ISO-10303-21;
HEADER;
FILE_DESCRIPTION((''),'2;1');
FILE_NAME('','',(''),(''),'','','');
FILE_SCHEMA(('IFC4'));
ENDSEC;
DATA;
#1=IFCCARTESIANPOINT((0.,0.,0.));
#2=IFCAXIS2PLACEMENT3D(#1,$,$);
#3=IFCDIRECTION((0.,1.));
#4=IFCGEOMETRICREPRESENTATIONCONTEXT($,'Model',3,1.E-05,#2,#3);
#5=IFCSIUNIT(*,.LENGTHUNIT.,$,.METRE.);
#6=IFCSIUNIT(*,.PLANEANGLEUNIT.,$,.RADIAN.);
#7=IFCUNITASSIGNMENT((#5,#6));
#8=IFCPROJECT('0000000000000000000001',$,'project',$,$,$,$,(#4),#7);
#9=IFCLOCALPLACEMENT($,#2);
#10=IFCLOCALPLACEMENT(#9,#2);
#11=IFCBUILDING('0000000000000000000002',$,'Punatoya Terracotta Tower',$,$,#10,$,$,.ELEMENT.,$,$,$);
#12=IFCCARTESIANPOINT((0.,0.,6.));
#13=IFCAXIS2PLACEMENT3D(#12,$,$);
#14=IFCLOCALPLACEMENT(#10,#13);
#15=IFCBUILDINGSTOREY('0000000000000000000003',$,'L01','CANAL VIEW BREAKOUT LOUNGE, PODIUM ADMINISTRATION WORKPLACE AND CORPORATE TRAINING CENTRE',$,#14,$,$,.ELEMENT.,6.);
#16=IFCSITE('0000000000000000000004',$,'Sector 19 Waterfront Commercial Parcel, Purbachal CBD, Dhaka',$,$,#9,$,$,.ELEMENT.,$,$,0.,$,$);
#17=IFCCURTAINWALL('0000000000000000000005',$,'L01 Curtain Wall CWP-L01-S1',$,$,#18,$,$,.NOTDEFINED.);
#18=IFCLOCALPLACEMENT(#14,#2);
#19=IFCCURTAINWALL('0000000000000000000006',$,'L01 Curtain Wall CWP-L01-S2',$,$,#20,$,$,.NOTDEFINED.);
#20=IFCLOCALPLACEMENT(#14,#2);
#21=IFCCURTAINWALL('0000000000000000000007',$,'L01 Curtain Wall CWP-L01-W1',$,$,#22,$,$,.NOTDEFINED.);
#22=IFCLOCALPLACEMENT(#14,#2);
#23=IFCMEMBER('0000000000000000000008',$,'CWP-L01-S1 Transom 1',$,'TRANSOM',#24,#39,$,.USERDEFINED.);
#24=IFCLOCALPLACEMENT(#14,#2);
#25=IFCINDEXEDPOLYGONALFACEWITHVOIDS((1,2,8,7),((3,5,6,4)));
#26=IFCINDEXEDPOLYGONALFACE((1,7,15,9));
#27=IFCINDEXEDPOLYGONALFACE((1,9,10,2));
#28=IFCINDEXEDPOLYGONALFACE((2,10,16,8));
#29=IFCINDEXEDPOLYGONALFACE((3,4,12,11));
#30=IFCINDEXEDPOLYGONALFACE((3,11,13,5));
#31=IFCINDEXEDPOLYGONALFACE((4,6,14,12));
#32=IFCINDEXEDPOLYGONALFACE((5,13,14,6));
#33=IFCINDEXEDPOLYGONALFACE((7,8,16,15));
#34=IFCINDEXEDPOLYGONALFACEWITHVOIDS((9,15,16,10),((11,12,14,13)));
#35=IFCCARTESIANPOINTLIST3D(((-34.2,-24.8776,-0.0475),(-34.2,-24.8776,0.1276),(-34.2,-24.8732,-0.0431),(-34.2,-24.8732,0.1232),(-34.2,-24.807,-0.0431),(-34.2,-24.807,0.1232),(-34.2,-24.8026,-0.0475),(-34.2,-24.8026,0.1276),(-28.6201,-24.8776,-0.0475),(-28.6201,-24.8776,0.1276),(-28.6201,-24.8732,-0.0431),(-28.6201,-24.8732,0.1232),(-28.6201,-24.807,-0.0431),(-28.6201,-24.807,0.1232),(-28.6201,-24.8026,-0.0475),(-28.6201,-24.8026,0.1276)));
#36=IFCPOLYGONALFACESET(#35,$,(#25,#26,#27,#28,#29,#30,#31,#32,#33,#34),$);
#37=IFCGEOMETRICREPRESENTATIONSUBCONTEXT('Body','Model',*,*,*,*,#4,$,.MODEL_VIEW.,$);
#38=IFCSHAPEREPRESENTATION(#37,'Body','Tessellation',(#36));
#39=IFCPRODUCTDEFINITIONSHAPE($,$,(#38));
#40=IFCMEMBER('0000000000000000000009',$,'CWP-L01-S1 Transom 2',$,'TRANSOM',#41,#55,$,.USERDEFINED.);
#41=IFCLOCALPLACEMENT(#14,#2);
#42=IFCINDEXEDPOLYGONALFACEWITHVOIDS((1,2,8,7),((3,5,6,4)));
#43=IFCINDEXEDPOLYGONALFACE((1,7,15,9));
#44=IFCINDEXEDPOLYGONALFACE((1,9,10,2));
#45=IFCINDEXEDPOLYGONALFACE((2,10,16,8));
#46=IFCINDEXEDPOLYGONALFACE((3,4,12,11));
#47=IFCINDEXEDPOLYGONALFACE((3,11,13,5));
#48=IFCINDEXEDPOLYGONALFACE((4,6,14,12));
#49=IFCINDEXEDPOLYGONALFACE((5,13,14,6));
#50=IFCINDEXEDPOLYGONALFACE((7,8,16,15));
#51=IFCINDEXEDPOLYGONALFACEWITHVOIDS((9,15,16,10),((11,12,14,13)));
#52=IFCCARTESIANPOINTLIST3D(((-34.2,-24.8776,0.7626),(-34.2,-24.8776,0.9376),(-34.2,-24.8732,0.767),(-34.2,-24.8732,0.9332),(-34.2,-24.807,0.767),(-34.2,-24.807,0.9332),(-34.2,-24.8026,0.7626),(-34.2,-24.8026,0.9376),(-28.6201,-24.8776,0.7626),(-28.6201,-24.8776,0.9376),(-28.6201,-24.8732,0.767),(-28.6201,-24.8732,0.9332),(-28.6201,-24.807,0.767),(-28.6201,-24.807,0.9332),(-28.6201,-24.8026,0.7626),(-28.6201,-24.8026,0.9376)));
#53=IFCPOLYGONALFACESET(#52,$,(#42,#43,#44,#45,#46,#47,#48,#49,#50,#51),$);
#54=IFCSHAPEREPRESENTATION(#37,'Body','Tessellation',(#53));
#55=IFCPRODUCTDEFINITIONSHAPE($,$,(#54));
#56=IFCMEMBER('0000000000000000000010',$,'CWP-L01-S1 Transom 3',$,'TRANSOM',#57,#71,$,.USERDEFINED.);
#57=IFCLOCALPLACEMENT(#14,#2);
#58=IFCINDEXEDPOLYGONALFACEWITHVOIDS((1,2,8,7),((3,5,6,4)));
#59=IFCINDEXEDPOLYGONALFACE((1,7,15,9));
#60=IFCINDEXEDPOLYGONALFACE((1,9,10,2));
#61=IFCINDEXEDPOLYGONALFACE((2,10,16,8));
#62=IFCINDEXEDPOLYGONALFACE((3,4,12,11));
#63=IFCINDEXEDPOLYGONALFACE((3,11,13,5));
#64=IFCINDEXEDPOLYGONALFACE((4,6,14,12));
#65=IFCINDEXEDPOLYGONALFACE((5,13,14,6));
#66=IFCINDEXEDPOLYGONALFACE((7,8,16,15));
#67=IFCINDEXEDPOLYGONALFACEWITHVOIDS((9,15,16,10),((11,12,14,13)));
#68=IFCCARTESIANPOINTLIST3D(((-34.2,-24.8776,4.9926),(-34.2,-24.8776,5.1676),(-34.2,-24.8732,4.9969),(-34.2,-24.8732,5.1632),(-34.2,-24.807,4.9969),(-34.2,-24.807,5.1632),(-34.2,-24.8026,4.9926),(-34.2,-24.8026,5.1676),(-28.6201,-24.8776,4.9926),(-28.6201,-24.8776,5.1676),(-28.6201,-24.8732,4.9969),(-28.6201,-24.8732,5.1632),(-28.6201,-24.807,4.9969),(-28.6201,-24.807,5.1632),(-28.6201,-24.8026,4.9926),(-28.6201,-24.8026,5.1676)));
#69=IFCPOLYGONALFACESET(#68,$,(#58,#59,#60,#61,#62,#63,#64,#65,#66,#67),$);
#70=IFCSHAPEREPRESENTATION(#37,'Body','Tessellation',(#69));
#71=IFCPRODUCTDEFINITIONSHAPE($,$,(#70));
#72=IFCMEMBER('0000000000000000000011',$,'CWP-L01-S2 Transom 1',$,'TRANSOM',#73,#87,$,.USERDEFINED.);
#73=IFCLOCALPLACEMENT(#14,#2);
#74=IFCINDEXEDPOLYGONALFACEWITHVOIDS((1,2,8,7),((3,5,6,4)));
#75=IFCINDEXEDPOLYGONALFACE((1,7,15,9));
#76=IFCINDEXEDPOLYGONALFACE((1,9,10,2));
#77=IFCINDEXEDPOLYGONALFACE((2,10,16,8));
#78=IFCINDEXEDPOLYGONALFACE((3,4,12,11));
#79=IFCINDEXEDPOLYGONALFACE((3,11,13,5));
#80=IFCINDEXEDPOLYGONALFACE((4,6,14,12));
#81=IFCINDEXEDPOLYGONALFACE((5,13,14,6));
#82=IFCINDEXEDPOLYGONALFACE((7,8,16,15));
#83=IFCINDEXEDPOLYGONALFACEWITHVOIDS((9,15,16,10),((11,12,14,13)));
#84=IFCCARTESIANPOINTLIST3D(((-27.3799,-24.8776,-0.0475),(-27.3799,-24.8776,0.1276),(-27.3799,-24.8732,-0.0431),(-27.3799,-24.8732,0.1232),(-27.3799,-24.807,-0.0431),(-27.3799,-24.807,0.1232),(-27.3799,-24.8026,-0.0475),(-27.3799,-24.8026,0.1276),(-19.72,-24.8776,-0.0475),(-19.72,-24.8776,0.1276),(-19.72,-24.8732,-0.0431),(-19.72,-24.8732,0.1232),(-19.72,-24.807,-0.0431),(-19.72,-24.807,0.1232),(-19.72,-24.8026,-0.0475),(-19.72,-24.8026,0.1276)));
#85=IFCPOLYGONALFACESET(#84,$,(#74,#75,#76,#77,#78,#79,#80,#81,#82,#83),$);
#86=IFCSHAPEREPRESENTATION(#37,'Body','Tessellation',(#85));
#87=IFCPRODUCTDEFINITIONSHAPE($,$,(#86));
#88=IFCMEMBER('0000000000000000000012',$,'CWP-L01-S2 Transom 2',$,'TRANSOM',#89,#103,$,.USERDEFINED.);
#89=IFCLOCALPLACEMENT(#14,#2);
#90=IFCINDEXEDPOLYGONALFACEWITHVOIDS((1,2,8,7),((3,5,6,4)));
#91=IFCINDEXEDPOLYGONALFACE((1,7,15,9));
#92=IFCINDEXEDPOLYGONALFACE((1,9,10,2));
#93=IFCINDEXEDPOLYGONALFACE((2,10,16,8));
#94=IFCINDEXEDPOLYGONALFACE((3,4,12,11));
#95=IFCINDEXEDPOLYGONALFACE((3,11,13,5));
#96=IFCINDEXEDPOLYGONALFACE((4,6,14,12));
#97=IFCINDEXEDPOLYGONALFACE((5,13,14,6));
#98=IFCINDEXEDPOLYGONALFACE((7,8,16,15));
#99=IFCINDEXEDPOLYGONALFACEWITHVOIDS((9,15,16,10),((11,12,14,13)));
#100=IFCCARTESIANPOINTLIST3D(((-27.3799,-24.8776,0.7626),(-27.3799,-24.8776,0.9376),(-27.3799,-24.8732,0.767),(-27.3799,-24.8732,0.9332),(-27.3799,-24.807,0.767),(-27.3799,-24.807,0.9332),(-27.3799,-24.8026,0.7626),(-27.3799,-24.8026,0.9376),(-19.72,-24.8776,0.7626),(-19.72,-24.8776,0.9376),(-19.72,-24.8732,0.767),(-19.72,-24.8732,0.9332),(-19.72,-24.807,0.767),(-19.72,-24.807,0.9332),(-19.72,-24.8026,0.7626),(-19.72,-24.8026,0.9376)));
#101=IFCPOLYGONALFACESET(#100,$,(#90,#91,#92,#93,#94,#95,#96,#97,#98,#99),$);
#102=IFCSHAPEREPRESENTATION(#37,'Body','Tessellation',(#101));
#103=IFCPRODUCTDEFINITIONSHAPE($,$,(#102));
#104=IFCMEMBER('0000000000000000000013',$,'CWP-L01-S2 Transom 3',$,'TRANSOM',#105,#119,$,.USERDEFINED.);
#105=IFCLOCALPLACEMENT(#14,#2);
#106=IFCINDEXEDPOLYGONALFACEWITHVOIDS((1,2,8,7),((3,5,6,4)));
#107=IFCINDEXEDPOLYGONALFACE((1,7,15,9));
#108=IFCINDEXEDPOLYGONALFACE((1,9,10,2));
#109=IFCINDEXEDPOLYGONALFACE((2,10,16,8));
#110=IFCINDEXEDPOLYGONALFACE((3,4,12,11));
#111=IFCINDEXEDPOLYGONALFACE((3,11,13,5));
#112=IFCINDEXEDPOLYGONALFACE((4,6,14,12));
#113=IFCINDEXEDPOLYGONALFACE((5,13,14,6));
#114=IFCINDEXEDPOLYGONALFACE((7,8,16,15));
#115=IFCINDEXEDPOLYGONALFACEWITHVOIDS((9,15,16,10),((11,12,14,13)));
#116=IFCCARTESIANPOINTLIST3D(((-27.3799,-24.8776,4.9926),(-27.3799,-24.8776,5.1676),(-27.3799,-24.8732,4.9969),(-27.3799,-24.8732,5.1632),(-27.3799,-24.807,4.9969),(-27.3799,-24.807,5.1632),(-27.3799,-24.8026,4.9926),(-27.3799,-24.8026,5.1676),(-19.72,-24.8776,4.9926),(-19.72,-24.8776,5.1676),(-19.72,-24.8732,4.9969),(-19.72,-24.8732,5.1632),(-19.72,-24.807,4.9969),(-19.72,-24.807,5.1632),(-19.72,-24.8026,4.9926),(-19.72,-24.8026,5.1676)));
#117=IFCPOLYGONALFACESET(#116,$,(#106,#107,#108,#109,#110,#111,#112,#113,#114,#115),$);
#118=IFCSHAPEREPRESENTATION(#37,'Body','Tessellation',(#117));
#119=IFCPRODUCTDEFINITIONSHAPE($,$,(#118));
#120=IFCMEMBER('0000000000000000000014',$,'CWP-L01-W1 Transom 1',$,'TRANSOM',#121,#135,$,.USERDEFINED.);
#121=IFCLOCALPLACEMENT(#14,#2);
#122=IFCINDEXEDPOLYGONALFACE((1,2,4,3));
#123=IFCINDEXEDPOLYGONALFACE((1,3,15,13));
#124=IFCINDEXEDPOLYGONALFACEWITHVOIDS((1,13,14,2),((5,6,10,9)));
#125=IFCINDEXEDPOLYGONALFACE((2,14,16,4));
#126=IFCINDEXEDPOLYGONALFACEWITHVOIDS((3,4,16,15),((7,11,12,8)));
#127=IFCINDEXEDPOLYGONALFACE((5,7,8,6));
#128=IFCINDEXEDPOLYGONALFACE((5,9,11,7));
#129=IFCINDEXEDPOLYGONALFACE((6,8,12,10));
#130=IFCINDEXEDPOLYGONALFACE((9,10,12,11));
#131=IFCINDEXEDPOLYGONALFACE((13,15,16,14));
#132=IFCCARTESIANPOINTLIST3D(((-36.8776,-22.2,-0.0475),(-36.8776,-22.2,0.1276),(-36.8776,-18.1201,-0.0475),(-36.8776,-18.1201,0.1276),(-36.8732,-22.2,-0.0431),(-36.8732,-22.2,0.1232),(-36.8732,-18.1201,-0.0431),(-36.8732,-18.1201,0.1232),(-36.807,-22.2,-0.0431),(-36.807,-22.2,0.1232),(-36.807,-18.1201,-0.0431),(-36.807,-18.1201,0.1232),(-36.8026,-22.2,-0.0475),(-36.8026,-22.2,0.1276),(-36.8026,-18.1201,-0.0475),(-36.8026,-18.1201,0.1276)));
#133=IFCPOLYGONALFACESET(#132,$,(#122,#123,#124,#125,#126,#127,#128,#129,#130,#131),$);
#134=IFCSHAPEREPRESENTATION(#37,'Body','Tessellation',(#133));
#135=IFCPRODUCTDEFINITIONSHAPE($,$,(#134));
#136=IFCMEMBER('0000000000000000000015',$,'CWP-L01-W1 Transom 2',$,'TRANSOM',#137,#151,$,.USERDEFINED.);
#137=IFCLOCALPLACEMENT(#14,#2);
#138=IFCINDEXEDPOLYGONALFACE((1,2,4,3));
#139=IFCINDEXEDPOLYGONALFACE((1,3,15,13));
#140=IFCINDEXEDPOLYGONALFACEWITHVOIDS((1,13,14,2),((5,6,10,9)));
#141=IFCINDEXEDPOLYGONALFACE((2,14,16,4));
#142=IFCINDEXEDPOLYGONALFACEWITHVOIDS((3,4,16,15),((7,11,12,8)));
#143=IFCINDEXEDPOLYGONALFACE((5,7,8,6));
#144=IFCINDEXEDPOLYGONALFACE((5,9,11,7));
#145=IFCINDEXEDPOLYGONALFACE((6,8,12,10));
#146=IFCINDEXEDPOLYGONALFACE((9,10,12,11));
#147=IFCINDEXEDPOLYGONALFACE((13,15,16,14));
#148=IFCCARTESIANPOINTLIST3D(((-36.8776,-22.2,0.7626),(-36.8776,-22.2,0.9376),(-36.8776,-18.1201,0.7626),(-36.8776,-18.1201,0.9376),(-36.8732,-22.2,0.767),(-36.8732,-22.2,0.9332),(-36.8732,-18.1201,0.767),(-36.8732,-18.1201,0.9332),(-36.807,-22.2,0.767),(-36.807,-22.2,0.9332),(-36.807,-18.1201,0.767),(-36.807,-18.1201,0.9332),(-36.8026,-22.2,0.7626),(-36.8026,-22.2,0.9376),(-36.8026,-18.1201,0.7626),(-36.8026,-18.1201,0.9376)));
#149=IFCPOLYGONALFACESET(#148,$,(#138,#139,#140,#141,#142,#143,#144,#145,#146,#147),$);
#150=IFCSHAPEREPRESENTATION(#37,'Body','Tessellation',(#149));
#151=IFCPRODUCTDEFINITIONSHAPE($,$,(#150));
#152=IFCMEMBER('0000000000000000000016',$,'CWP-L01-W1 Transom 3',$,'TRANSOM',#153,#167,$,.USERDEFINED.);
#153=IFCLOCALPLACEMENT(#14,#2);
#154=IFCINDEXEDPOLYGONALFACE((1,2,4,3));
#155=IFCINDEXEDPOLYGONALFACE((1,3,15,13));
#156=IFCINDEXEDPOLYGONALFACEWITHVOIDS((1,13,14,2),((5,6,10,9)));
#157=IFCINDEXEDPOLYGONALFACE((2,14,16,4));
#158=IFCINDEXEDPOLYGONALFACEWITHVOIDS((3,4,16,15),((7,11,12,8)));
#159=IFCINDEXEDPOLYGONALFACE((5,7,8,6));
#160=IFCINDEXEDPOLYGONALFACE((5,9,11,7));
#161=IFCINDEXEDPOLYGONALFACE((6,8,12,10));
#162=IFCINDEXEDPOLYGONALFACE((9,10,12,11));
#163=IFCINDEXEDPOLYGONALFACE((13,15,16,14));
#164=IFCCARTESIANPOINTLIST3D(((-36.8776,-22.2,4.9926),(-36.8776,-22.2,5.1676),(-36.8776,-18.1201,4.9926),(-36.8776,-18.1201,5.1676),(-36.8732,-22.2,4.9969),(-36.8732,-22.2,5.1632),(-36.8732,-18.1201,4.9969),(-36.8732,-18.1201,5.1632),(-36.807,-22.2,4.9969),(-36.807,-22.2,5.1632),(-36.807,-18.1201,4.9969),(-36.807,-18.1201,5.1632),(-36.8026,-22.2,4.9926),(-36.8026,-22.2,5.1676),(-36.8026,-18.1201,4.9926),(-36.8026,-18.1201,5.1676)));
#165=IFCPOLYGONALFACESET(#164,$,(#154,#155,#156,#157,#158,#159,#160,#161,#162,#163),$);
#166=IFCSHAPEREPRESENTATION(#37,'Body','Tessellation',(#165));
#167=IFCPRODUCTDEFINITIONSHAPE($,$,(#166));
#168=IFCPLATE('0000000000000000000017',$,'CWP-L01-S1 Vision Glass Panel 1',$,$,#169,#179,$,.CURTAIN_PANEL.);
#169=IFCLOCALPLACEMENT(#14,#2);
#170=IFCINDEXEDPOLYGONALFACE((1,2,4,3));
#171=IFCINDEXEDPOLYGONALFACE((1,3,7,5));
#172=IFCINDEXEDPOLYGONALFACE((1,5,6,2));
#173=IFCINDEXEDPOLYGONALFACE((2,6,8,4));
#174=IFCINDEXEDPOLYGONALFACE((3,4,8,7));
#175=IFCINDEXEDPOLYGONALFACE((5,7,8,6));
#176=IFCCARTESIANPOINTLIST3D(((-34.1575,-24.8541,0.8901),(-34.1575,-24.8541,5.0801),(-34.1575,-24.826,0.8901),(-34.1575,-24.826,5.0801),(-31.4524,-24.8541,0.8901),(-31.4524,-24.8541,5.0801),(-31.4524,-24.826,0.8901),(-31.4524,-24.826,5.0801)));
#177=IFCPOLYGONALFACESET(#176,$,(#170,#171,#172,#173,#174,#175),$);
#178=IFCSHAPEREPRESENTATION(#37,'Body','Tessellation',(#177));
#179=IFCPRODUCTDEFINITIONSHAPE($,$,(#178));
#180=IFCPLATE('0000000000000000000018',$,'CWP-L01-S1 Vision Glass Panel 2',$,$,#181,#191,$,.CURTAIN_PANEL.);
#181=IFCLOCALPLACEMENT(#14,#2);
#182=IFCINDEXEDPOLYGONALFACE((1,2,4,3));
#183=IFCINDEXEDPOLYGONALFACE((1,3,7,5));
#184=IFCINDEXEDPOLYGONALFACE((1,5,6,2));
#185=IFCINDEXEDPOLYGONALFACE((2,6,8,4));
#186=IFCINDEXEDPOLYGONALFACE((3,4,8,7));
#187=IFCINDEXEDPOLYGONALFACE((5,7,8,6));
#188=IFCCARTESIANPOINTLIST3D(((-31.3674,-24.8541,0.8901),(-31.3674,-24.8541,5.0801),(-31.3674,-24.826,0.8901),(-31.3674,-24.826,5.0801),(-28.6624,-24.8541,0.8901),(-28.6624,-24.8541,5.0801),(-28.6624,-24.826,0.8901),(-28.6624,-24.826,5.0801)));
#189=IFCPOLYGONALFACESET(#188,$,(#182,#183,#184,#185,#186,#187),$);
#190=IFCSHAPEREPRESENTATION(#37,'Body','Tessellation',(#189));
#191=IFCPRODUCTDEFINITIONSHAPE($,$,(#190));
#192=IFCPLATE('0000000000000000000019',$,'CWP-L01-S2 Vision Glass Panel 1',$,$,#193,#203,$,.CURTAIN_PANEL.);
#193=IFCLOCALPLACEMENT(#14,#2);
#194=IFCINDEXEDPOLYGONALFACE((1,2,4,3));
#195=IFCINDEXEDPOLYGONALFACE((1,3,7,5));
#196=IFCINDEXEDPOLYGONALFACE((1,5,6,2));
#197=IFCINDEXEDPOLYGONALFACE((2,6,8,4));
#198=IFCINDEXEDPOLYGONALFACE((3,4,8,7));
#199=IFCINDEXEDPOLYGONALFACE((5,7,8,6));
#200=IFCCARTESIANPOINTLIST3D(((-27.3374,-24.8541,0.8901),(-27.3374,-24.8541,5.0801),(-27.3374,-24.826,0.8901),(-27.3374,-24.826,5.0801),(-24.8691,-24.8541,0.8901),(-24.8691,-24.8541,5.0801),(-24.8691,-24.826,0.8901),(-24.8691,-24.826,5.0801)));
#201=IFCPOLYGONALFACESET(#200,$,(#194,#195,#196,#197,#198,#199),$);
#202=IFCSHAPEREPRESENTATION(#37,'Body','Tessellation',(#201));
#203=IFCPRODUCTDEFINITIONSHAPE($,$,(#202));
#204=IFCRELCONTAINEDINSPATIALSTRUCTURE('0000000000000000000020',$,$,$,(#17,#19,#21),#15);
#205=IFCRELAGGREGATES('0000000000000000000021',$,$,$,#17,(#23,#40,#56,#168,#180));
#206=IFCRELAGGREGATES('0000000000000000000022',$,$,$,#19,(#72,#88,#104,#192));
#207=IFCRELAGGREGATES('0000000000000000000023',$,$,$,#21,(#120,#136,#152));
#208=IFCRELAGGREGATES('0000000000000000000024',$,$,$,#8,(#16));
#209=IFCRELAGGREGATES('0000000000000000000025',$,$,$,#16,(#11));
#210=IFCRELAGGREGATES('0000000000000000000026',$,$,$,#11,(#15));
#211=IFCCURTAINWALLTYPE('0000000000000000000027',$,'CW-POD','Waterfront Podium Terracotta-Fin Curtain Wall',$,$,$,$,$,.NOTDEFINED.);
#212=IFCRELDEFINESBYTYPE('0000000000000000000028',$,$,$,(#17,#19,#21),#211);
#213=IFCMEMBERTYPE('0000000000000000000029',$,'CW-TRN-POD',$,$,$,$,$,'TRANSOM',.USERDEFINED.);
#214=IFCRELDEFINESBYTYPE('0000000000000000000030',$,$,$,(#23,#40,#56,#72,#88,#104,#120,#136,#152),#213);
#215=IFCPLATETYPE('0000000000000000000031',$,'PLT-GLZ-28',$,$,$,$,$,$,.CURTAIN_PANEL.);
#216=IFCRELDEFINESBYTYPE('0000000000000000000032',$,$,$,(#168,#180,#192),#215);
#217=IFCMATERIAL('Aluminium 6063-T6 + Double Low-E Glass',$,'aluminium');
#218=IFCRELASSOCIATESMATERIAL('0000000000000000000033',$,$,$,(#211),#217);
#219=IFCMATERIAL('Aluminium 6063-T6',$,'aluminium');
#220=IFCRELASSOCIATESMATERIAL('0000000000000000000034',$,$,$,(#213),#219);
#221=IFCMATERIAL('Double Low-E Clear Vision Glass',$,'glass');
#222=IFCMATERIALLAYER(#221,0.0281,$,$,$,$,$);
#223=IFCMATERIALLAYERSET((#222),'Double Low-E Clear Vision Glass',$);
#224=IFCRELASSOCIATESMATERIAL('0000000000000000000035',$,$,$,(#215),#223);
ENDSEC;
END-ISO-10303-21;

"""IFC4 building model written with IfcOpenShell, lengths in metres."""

from ifc_helpers import new_model, si_unit, direction, frame, origin, origin_2d, place, context, subcontext, project, spatial, rectangle, hollow_rectangle, extrude, material, layer, layer_set, material_profile, profile_set, type_object, element, aggregate, save


model = new_model("IFC4")

# Units and contexts
model_context = context("Model", 3, precision=1e-05, world=origin(), true_north=direction((0.0, 1.0)))
body_context = subcontext(model_context, "Body", "Model", "MODEL_VIEW")
ifc_project = project(units=[si_unit("LENGTHUNIT", "METRE"), si_unit("PLANEANGLEUNIT", "RADIAN")], contexts=[model_context])

# Site, building, storey
site_placement = place(None, origin())
site = spatial("IfcSite", under=ifc_project, at=site_placement, Name="Sector 19 Waterfront Commercial Parcel, Purbachal CBD, Dhaka", CompositionType="ELEMENT", RefElevation=0.0)
building_placement = place(site_placement, origin())
building = spatial("IfcBuilding", under=site, at=building_placement, Name="Punatoya Terracotta Tower", CompositionType="ELEMENT")
storey_placement = place(building_placement, frame((0.0, 0.0, 6.0)))
storey = spatial("IfcBuildingStorey", under=building, at=storey_placement, Name="L01", Description="CANAL VIEW BREAKOUT LOUNGE, PODIUM ADMINISTRATION WORKPLACE AND CORPORATE TRAINING CENTRE", CompositionType="ELEMENT", Elevation=6.0)

# Curtain walls
ifc_material_1 = material(Name="Aluminium 6063-T6 + Double Low-E Glass", Category="aluminium")
curtain_wall_type = type_object("IfcCurtainWallType", Name="CW-POD", Description="Waterfront Podium Terracotta-Fin Curtain Wall", PredefinedType="NOTDEFINED", material=ifc_material_1)
curtain_wall_1_placement = place(storey_placement, origin())
curtain_wall_1 = element("IfcCurtainWall", 1, at=curtain_wall_1_placement, inside=storey, type_object=curtain_wall_type, Name="L01 Curtain Wall CWP-L01-S1", PredefinedType="NOTDEFINED")
ifc_material_2 = material(Name="Aluminium 6063-T6", Category="aluminium")
curtain_wall_2_placement = place(storey_placement, origin())
curtain_wall_2 = element("IfcCurtainWall", 2, at=curtain_wall_2_placement, inside=storey, type_object=curtain_wall_type, Name="L01 Curtain Wall CWP-L01-S2", PredefinedType="NOTDEFINED")

# Curtain wall
curtain_wall_3_placement = place(storey_placement, origin())
curtain_wall_3 = element("IfcCurtainWall", 3, at=curtain_wall_3_placement, inside=storey, type_object=curtain_wall_type, Name="L01 Curtain Wall CWP-L01-W1", PredefinedType="NOTDEFINED")

# Members
ifc_material_profile_1 = material_profile(ifc_material_2, hollow_rectangle(XDim=0.075, YDim=0.175, WallThickness=0.0044, at=origin_2d()))
ifc_profile_set_1 = profile_set([ifc_material_profile_1], Name="Aluminium 6063-T6")
member_type_1 = type_object("IfcMemberType", Name="CW-TRN-POD", ElementType="TRANSOM", PredefinedType="USERDEFINED", material=ifc_profile_set_1)
member_1_placement = place(storey_placement, frame((-34.2, -24.8401, 0.04), z_axis=(1.0, 0.0, 0.0), x_axis=(0.0, 1.0, 0.0)))
member_1 = element("IfcMember", 4, at=member_1_placement, type_object=member_type_1, Name="CWP-L01-S1 Transom 1", ObjectType="TRANSOM", PredefinedType="USERDEFINED", context=body_context, shape_type="SweptSolid", body=[
    extrude(hollow_rectangle(XDim=0.075, YDim=0.175, WallThickness=0.0044, at=origin_2d()), origin(), (0.0, 0.0, 1.0), 5.5798),
])
member_2_placement = place(storey_placement, frame((-34.2, -24.8401, 0.8501), z_axis=(1.0, 0.0, 0.0), x_axis=(0.0, 1.0, 0.0)))
member_2 = element("IfcMember", 5, at=member_2_placement, type_object=member_type_1, Name="CWP-L01-S1 Transom 2", ObjectType="TRANSOM", PredefinedType="USERDEFINED", context=body_context, shape_type="SweptSolid", body=[
    extrude(hollow_rectangle(XDim=0.075, YDim=0.175, WallThickness=0.0044, at=origin_2d()), origin(), (0.0, 0.0, 1.0), 5.5798),
])
member_3_placement = place(storey_placement, frame((-34.2, -24.8401, 5.0801), z_axis=(1.0, 0.0, 0.0), x_axis=(0.0, 1.0, 0.0)))
member_3 = element("IfcMember", 6, at=member_3_placement, type_object=member_type_1, Name="CWP-L01-S1 Transom 3", ObjectType="TRANSOM", PredefinedType="USERDEFINED", context=body_context, shape_type="SweptSolid", body=[
    extrude(hollow_rectangle(XDim=0.075, YDim=0.175, WallThickness=0.0044, at=origin_2d()), origin(), (0.0, 0.0, 1.0), 5.5798),
])
member_4_placement = place(storey_placement, frame((-27.3799, -24.8401, 0.04), z_axis=(1.0, 0.0, 0.0), x_axis=(0.0, 1.0, 0.0)))
member_4 = element("IfcMember", 7, at=member_4_placement, type_object=member_type_1, Name="CWP-L01-S2 Transom 1", ObjectType="TRANSOM", PredefinedType="USERDEFINED", context=body_context, shape_type="SweptSolid", body=[
    extrude(hollow_rectangle(XDim=0.075, YDim=0.175, WallThickness=0.0044, at=origin_2d()), origin(), (0.0, 0.0, 1.0), 7.6599),
])
member_5_placement = place(storey_placement, frame((-27.3799, -24.8401, 0.8501), z_axis=(1.0, 0.0, 0.0), x_axis=(0.0, 1.0, 0.0)))
member_5 = element("IfcMember", 8, at=member_5_placement, type_object=member_type_1, Name="CWP-L01-S2 Transom 2", ObjectType="TRANSOM", PredefinedType="USERDEFINED", context=body_context, shape_type="SweptSolid", body=[
    extrude(hollow_rectangle(XDim=0.075, YDim=0.175, WallThickness=0.0044, at=origin_2d()), origin(), (0.0, 0.0, 1.0), 7.6599),
])
member_6_placement = place(storey_placement, frame((-27.3799, -24.8401, 5.0801), z_axis=(1.0, 0.0, 0.0), x_axis=(0.0, 1.0, 0.0)))
member_6 = element("IfcMember", 9, at=member_6_placement, type_object=member_type_1, Name="CWP-L01-S2 Transom 3", ObjectType="TRANSOM", PredefinedType="USERDEFINED", context=body_context, shape_type="SweptSolid", body=[
    extrude(hollow_rectangle(XDim=0.075, YDim=0.175, WallThickness=0.0044, at=origin_2d()), origin(), (0.0, 0.0, 1.0), 7.6599),
])
member_7_placement = place(storey_placement, frame((-36.8401, -22.2, 0.04), z_axis=(0.0, 1.0, 0.0), x_axis=(-1.0, 0.0, 0.0)))
member_7 = element("IfcMember", 10, at=member_7_placement, type_object=member_type_1, Name="CWP-L01-W1 Transom 1", ObjectType="TRANSOM", PredefinedType="USERDEFINED", context=body_context, shape_type="SweptSolid", body=[
    extrude(hollow_rectangle(XDim=0.075, YDim=0.175, WallThickness=0.0044, at=origin_2d()), origin(), (0.0, 0.0, 1.0), 4.0798),
])
member_8_placement = place(storey_placement, frame((-36.8401, -22.2, 0.8501), z_axis=(0.0, 1.0, 0.0), x_axis=(-1.0, 0.0, 0.0)))
member_8 = element("IfcMember", 11, at=member_8_placement, type_object=member_type_1, Name="CWP-L01-W1 Transom 2", ObjectType="TRANSOM", PredefinedType="USERDEFINED", context=body_context, shape_type="SweptSolid", body=[
    extrude(hollow_rectangle(XDim=0.075, YDim=0.175, WallThickness=0.0044, at=origin_2d()), origin(), (0.0, 0.0, 1.0), 4.0798),
])
member_9_placement = place(storey_placement, frame((-36.8401, -22.2, 5.0801), z_axis=(0.0, 1.0, 0.0), x_axis=(-1.0, 0.0, 0.0)))
member_9 = element("IfcMember", 12, at=member_9_placement, type_object=member_type_1, Name="CWP-L01-W1 Transom 3", ObjectType="TRANSOM", PredefinedType="USERDEFINED", context=body_context, shape_type="SweptSolid", body=[
    extrude(hollow_rectangle(XDim=0.075, YDim=0.175, WallThickness=0.0044, at=origin_2d()), origin(), (0.0, 0.0, 1.0), 4.0798),
])

# Plates
ifc_material_3 = material(Name="Double Low-E Clear Vision Glass", Category="glass")
ifc_layer_1 = layer(ifc_material_3, 0.0281)
ifc_layer_set_1 = layer_set([ifc_layer_1], Name="Double Low-E Clear Vision Glass")
plate_type_1 = type_object("IfcPlateType", Name="PLT-GLZ-28", PredefinedType="CURTAIN_PANEL", material=ifc_layer_set_1)
plate_1_placement = place(storey_placement, frame((-32.8049, -24.8401, 0.8901), z_axis=(0.0, 0.0, 1.0), x_axis=(1.0, 0.0, 0.0)))
plate_1 = element("IfcPlate", 13, at=plate_1_placement, type_object=plate_type_1, Name="CWP-L01-S1 Vision Glass Panel 1", PredefinedType="CURTAIN_PANEL", context=body_context, shape_type="SweptSolid", body=[
    extrude(rectangle(XDim=2.7051, YDim=0.0281, at=origin_2d()), origin(), (0.0, 0.0, 1.0), 4.1899),
])
plate_2_placement = place(storey_placement, frame((-30.0149, -24.8401, 0.8901), z_axis=(0.0, 0.0, 1.0), x_axis=(1.0, 0.0, 0.0)))
plate_2 = element("IfcPlate", 14, at=plate_2_placement, type_object=plate_type_1, Name="CWP-L01-S1 Vision Glass Panel 2", PredefinedType="CURTAIN_PANEL", context=body_context, shape_type="SweptSolid", body=[
    extrude(rectangle(XDim=2.7051, YDim=0.0281, at=origin_2d()), origin(), (0.0, 0.0, 1.0), 4.1899),
])
plate_3_placement = place(storey_placement, frame((-26.1033, -24.8401, 0.8901), z_axis=(0.0, 0.0, 1.0), x_axis=(1.0, 0.0, 0.0)))
plate_3 = element("IfcPlate", 15, at=plate_3_placement, type_object=plate_type_1, Name="CWP-L01-S2 Vision Glass Panel 1", PredefinedType="CURTAIN_PANEL", context=body_context, shape_type="SweptSolid", body=[
    extrude(rectangle(XDim=2.4683, YDim=0.0281, at=origin_2d()), origin(), (0.0, 0.0, 1.0), 4.1899),
])
aggregate(curtain_wall_1, [member_1, member_2, member_3, plate_1, plate_2])
aggregate(curtain_wall_2, [member_4, member_5, member_6, plate_3])
aggregate(curtain_wall_3, [member_7, member_8, member_9])

save(model, "model.ifc")
